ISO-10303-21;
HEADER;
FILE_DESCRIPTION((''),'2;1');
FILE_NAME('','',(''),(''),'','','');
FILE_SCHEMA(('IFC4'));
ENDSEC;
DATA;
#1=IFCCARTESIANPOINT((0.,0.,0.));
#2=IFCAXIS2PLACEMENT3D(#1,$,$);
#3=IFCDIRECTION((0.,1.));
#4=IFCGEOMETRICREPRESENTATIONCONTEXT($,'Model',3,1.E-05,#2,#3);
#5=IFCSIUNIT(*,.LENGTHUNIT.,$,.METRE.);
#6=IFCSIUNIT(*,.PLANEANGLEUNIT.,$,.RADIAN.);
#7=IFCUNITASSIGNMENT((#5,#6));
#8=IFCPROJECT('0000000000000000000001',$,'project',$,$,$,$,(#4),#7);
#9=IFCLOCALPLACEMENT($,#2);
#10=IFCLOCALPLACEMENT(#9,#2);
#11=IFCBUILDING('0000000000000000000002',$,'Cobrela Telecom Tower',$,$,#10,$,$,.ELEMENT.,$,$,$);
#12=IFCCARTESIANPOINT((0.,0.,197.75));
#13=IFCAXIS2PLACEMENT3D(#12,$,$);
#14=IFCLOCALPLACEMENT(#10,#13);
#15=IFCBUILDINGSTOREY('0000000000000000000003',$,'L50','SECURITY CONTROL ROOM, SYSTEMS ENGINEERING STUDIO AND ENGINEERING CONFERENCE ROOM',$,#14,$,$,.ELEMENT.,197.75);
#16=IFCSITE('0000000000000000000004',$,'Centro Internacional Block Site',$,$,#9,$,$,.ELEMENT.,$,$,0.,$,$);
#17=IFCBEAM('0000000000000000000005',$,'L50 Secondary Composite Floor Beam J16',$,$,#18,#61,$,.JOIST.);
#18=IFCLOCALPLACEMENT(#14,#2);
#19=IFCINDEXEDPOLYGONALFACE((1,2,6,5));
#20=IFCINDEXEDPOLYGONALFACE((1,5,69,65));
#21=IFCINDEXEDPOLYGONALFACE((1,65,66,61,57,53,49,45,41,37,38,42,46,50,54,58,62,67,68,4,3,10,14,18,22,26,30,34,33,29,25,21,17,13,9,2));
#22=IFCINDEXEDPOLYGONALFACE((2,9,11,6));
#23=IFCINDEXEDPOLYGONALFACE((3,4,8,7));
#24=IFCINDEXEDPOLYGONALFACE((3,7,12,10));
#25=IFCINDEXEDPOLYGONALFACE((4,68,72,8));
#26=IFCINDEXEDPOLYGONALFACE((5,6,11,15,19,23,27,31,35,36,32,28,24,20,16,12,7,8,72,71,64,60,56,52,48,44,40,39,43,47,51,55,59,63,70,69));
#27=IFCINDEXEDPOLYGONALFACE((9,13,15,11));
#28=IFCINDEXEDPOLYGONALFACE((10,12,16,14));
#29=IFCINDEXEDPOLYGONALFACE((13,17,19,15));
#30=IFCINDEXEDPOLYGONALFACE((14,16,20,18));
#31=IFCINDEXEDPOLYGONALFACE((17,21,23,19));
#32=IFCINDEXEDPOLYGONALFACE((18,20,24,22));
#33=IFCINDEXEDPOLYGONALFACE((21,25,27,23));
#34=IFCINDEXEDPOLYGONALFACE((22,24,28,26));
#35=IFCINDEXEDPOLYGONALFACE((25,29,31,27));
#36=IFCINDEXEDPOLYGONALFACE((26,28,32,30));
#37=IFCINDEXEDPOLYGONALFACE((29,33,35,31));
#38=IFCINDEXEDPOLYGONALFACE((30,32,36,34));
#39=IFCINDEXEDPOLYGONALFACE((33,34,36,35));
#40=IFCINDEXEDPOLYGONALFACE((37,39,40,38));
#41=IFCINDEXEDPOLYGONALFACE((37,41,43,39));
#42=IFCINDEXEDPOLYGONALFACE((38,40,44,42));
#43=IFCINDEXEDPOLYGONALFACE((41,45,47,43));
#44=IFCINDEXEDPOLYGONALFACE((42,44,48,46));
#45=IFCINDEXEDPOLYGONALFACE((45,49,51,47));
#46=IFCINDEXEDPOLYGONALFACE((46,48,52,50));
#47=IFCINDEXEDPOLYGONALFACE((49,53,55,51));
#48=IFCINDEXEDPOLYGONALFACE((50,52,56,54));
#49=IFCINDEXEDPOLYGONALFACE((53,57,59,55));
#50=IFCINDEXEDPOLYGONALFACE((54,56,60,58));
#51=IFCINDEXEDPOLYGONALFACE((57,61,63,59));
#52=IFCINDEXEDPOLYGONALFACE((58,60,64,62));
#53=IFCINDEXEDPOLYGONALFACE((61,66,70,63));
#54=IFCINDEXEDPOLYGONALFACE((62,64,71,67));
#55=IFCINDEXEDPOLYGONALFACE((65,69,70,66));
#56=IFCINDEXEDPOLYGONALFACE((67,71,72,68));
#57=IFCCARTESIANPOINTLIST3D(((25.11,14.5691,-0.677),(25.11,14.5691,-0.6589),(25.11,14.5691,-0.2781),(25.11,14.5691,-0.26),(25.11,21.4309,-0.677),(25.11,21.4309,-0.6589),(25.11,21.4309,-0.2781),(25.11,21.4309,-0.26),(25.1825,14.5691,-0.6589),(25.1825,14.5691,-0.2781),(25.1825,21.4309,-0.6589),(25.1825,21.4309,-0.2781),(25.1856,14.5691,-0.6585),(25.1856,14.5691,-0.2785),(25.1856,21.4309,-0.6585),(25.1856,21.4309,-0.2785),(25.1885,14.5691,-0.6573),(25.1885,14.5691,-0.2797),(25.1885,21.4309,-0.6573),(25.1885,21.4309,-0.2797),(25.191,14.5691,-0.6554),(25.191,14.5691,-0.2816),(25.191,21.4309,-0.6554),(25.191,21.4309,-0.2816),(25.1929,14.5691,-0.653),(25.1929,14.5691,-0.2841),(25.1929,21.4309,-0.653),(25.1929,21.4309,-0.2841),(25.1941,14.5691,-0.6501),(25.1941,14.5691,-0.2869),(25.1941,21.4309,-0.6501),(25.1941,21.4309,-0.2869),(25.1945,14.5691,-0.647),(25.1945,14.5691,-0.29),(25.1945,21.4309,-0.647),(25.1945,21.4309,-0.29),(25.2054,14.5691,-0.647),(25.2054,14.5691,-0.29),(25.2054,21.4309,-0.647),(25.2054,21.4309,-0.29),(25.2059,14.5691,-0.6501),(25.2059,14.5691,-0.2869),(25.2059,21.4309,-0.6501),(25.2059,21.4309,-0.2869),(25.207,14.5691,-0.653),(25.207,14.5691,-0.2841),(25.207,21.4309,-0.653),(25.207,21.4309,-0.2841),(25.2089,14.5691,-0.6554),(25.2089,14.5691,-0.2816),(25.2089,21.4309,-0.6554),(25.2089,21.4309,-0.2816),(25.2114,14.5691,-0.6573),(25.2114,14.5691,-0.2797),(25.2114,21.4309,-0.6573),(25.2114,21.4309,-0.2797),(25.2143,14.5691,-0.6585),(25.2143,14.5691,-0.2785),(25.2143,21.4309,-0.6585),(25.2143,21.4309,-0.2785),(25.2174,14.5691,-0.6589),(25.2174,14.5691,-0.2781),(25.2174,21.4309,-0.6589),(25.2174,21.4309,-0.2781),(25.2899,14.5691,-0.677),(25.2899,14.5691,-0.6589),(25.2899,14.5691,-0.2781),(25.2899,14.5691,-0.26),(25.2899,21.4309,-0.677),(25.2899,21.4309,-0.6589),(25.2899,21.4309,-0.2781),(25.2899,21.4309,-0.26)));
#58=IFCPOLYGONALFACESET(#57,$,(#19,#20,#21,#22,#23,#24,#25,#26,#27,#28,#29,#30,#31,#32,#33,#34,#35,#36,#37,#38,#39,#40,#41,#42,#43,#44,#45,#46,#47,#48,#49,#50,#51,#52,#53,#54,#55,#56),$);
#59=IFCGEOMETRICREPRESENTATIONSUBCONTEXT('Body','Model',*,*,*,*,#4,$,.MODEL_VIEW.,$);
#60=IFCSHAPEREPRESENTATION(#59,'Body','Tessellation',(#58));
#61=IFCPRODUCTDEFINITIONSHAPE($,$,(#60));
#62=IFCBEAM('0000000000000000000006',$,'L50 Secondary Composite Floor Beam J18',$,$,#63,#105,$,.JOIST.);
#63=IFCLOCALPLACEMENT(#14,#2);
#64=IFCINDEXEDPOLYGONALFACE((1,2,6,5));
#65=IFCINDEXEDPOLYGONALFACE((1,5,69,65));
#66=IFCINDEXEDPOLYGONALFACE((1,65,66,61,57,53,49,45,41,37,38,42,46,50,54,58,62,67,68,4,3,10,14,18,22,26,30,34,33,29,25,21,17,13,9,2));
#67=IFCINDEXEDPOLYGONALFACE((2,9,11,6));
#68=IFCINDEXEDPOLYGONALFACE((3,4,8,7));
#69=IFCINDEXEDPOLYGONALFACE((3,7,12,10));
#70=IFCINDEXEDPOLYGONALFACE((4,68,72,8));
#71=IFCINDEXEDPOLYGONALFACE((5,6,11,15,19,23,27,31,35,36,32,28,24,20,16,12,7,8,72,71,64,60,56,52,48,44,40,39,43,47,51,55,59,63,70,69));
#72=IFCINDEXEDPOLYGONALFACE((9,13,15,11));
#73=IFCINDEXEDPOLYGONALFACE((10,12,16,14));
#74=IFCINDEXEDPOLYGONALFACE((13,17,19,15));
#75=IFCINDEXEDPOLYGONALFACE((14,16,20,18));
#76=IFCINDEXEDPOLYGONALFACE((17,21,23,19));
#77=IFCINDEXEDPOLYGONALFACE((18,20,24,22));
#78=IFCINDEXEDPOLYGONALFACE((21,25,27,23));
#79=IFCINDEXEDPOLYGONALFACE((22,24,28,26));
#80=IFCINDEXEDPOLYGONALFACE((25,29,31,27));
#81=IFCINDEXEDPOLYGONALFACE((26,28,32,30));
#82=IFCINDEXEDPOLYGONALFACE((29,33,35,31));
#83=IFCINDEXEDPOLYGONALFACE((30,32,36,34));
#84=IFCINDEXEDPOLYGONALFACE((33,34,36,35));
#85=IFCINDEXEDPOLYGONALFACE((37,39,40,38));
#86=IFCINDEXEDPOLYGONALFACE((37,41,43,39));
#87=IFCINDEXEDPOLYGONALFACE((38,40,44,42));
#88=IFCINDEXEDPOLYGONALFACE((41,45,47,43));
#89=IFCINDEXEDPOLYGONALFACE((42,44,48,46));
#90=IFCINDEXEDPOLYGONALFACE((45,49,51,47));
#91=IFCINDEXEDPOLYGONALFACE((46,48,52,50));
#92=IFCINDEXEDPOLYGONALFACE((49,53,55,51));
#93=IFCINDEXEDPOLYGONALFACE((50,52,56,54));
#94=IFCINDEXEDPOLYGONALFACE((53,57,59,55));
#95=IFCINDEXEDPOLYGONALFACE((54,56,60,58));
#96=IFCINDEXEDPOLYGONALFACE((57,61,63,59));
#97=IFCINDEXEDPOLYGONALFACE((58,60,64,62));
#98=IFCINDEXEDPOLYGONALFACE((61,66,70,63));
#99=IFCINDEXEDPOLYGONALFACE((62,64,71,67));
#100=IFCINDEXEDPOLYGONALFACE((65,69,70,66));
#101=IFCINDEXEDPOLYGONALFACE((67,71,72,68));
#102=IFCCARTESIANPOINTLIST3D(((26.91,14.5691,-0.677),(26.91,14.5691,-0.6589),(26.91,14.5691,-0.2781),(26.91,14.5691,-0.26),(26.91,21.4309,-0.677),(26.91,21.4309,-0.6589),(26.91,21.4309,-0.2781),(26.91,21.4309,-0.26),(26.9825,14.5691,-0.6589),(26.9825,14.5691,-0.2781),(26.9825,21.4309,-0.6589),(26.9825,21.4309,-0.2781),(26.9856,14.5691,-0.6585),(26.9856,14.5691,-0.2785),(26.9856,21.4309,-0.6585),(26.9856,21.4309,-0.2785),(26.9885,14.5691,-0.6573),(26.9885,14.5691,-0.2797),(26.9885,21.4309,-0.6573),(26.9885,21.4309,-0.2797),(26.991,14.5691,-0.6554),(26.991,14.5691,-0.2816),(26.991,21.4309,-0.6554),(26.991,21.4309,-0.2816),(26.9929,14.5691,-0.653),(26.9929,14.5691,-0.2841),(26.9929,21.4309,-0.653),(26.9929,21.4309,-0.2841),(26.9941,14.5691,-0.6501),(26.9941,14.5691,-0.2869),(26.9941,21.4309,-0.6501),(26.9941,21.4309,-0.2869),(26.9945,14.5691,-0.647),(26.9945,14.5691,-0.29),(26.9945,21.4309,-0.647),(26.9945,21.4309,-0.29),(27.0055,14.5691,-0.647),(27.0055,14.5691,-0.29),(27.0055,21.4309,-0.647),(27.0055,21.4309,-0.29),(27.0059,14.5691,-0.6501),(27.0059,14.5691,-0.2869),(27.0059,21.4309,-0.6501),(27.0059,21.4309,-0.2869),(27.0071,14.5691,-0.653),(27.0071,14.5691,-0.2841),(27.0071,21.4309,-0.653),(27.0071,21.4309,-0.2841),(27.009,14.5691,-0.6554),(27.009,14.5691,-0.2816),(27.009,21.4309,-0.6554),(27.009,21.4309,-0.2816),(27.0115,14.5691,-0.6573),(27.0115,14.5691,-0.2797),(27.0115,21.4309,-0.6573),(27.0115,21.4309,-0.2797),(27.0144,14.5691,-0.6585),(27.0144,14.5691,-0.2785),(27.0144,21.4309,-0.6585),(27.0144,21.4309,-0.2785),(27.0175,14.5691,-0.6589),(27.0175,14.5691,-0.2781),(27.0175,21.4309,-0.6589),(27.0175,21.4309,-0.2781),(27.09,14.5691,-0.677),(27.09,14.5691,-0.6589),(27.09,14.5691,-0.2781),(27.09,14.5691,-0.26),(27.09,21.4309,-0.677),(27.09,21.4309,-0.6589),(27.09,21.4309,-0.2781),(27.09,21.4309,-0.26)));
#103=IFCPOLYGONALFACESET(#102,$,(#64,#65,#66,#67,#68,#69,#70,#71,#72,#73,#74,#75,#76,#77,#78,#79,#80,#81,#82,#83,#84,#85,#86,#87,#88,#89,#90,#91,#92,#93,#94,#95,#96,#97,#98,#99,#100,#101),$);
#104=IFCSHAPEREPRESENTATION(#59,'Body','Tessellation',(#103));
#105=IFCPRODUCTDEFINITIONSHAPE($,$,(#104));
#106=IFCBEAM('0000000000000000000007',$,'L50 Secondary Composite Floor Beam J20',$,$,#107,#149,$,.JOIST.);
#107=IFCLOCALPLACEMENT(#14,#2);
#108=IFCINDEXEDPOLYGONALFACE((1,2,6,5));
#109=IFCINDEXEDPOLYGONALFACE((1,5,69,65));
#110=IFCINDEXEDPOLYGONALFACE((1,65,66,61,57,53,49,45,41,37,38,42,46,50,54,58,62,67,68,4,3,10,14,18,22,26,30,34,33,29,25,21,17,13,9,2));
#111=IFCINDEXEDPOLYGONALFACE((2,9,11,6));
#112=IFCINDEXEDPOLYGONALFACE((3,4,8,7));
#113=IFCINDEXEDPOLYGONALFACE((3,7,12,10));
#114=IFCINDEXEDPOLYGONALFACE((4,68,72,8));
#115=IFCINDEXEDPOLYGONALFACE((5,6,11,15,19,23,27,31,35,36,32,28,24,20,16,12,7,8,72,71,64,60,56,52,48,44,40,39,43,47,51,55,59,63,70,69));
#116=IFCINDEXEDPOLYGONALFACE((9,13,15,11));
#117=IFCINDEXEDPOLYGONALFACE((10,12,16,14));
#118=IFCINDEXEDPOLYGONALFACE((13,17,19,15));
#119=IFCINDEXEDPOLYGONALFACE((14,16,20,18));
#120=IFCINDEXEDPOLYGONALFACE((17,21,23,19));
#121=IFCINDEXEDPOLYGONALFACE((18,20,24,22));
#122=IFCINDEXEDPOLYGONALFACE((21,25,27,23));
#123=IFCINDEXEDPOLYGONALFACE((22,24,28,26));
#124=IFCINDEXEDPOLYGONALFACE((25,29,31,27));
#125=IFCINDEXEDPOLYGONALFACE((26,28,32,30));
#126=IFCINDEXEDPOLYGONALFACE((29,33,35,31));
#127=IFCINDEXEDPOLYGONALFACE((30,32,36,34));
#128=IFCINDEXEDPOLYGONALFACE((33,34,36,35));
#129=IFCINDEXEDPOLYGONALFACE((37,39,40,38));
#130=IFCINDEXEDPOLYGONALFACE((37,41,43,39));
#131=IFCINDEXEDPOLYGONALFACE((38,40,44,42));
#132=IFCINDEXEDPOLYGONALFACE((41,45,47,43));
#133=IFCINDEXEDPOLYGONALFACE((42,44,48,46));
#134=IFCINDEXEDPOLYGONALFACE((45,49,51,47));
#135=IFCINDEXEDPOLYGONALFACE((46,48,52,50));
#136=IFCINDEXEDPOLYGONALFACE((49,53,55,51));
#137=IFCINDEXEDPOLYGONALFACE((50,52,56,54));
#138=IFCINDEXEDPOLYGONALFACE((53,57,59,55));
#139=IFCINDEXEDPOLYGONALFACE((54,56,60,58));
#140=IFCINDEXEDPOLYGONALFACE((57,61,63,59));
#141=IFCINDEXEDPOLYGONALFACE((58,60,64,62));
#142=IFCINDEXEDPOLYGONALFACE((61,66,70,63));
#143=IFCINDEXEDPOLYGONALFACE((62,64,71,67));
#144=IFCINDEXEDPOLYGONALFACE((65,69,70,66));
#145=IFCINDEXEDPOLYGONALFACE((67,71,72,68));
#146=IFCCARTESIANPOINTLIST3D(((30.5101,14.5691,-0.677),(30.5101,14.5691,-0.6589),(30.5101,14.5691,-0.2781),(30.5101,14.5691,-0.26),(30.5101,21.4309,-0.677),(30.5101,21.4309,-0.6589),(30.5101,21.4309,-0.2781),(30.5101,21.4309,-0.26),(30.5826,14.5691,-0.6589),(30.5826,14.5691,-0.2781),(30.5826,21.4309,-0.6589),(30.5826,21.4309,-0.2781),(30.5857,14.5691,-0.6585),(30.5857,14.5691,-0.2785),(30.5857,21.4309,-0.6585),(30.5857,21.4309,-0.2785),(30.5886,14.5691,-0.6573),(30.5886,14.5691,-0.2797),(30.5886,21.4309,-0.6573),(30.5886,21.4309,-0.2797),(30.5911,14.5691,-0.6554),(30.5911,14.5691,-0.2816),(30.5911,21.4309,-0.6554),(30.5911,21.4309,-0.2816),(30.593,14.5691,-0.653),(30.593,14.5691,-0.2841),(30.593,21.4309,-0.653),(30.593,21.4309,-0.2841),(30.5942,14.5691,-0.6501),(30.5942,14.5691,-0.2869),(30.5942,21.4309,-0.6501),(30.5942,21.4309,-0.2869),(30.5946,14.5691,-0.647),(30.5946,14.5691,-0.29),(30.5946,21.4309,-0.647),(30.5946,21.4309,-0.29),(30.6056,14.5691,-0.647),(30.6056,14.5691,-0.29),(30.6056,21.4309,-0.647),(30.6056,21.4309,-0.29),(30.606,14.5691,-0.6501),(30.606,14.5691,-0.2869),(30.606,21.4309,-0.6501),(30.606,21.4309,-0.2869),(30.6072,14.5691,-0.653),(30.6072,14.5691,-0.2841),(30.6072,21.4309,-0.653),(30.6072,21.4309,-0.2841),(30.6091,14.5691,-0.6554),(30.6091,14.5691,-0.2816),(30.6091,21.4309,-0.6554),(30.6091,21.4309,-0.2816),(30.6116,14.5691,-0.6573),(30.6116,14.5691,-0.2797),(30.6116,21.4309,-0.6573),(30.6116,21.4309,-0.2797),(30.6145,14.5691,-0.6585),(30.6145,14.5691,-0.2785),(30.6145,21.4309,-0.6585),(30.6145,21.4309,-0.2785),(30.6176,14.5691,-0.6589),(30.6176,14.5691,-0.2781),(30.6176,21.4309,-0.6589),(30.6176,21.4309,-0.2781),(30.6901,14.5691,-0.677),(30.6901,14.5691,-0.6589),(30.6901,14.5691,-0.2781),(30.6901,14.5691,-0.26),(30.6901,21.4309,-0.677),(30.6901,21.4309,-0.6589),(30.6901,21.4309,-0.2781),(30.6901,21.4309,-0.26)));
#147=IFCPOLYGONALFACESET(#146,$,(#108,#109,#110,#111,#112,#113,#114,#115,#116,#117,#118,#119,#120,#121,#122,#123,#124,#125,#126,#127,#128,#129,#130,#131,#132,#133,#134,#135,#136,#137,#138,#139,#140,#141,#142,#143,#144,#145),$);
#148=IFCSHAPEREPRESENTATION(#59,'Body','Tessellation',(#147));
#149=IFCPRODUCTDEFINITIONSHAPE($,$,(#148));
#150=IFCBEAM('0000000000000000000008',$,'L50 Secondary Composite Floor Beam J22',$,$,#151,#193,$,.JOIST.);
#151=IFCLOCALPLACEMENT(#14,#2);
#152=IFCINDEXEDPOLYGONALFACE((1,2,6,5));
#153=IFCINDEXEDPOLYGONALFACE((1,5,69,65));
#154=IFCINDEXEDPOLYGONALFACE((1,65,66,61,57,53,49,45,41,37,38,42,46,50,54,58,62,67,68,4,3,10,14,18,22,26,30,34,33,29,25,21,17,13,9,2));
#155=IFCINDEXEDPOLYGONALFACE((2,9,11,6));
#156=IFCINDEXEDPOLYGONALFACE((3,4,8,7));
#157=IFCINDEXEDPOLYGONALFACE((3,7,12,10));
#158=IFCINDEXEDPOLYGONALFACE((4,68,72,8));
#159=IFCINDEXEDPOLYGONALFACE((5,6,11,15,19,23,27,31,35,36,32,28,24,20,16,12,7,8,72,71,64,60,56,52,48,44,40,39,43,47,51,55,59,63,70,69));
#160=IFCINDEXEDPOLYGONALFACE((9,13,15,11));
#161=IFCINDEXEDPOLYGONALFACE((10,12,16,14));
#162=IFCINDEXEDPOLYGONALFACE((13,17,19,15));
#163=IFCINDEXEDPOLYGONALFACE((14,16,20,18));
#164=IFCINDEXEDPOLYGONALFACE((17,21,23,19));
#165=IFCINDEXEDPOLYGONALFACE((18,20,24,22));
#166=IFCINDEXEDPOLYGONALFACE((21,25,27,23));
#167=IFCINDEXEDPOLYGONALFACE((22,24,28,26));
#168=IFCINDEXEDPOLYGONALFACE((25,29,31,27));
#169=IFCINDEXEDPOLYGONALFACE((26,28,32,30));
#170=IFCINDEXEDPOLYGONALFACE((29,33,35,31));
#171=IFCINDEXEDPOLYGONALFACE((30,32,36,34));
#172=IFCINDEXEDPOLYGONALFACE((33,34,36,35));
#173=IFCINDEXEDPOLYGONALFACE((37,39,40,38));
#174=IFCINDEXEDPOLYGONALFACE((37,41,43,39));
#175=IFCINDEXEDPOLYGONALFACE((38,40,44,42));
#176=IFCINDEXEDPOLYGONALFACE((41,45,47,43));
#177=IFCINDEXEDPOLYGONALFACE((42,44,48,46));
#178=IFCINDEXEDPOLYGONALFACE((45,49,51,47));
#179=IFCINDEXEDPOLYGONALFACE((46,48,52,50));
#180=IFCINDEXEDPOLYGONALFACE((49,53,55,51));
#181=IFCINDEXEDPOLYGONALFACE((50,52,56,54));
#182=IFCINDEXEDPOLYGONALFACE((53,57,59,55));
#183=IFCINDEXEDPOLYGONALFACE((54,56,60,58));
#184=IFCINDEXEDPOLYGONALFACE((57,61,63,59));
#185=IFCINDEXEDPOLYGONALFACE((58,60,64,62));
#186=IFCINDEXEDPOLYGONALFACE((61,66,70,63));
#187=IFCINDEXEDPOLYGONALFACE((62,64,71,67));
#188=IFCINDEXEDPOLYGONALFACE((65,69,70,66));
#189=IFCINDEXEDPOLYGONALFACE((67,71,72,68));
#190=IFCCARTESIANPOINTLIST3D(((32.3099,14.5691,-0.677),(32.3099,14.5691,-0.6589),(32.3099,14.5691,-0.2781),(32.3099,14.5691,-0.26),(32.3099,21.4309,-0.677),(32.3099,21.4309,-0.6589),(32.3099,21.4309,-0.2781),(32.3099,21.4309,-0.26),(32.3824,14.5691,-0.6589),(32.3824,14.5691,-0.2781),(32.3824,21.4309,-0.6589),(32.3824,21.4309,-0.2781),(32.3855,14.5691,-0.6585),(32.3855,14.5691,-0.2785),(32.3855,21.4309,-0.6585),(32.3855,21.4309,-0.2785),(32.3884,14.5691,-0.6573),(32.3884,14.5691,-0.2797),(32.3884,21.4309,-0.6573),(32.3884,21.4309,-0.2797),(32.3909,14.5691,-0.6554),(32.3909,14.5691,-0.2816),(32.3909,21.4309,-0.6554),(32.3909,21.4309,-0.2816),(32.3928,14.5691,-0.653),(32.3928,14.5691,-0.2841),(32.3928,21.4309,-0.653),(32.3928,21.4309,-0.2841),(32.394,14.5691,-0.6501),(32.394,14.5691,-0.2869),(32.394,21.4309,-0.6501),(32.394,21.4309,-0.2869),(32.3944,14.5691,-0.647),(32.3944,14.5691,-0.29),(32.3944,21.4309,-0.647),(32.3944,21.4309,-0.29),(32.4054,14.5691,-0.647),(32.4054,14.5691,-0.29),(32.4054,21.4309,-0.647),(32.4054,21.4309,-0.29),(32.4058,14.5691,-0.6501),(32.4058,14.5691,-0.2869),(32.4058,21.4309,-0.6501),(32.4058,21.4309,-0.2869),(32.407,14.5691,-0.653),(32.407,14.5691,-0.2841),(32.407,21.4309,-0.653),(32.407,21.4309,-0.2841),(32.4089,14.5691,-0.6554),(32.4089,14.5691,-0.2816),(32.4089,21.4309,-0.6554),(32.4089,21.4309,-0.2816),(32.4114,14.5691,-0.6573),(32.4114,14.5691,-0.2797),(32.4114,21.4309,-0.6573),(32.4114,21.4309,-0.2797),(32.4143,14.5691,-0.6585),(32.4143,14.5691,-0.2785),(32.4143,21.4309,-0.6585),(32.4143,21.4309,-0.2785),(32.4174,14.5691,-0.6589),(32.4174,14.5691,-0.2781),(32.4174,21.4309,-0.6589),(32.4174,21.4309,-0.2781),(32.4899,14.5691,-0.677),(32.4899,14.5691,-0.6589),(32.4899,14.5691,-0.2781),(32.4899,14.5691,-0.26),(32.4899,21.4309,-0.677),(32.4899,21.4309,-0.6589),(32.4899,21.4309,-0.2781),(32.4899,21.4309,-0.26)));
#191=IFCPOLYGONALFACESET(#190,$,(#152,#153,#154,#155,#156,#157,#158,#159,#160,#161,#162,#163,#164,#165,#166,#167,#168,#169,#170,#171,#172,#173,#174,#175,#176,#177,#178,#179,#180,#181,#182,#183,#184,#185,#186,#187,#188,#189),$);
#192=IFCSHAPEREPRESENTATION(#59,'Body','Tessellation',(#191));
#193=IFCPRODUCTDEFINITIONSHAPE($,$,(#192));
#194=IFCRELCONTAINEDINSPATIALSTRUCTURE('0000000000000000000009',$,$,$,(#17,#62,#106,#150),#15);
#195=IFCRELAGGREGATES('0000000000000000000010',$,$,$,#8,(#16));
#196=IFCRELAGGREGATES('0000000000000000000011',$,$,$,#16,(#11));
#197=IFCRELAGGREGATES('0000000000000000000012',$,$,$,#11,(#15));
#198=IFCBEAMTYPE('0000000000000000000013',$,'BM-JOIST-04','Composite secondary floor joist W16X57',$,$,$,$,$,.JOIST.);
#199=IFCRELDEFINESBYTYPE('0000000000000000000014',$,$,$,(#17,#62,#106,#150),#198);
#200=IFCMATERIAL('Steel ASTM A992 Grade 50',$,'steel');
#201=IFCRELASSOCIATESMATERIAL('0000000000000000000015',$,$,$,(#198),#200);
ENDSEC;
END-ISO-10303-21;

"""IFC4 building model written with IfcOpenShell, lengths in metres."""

from ifc_helpers import new_model, si_unit, direction, frame, origin, origin_2d, place, context, subcontext, project, spatial, i_section, extrude, material, material_profile, profile_set, type_object, element, save


model = new_model("IFC4")

# Units and contexts
model_context = context("Model", 3, precision=1e-05, world=origin(), true_north=direction((0.0, 1.0)))
body_context = subcontext(model_context, "Body", "Model", "MODEL_VIEW")
ifc_project = project(units=[si_unit("LENGTHUNIT", "METRE"), si_unit("PLANEANGLEUNIT", "RADIAN")], contexts=[model_context])

# Site, building, storey
site_placement = place(None, origin())
site = spatial("IfcSite", under=ifc_project, at=site_placement, Name="Centro Internacional Block Site", CompositionType="ELEMENT", RefElevation=0.0)
building_placement = place(site_placement, origin())
building = spatial("IfcBuilding", under=site, at=building_placement, Name="Cobrela Telecom Tower", CompositionType="ELEMENT")
storey_placement = place(building_placement, frame((0.0, 0.0, 197.75)))
storey = spatial("IfcBuildingStorey", under=building, at=storey_placement, Name="L50", Description="SECURITY CONTROL ROOM, SYSTEMS ENGINEERING STUDIO AND ENGINEERING CONFERENCE ROOM", CompositionType="ELEMENT", Elevation=197.75)

# Shared definitions
ifc_material_1 = material(Name="Steel ASTM A992 Grade 50", Category="steel")

# Beams
ifc_material_profile_1 = material_profile(ifc_material_1, i_section(OverallWidth=0.1799, OverallDepth=0.417, WebThickness=0.011, FlangeThickness=0.0181, FilletRadius=0.012, at=origin_2d()), Name="W16X57")
ifc_profile_set_1 = profile_set([ifc_material_profile_1], Name="Steel ASTM A992 Grade 50")
beam_type_1 = type_object("IfcBeamType", Name="BM-JOIST-04", Description="Composite secondary floor joist W16X57", PredefinedType="JOIST", material=ifc_profile_set_1)
for number, where, z_axis, x_axis, name in (
    (1, (25.2, 14.5691, -0.4685), (0.0, 1.0, 0.0), (-1.0, 0.0, 0.0), "L50 Secondary Composite Floor Beam J16"),
    (2, (27.0, 14.5691, -0.4685), (0.0, 1.0, 0.0), (-1.0, 0.0, 0.0), "L50 Secondary Composite Floor Beam J18"),
    (3, (30.6001, 14.5691, -0.4685), (0.0, 1.0, 0.0), (-1.0, 0.0, 0.0), "L50 Secondary Composite Floor Beam J20"),
    (4, (32.3999, 14.5691, -0.4685), (0.0, 1.0, 0.0), (-1.0, 0.0, 0.0), "L50 Secondary Composite Floor Beam J22"),
):
    element("IfcBeam", number, at=place(storey_placement, frame(where, z_axis=z_axis, x_axis=x_axis)), inside=storey, type_object=beam_type_1, Name=name, PredefinedType="JOIST", context=body_context, shape_type="SweptSolid", body=[
        extrude(i_section(OverallWidth=0.1799, OverallDepth=0.417, WebThickness=0.011, FlangeThickness=0.0181, FilletRadius=0.012, at=origin_2d()), origin(), (0.0, 0.0, 1.0), 6.8618),
    ])

save(model, "model.ifc")
